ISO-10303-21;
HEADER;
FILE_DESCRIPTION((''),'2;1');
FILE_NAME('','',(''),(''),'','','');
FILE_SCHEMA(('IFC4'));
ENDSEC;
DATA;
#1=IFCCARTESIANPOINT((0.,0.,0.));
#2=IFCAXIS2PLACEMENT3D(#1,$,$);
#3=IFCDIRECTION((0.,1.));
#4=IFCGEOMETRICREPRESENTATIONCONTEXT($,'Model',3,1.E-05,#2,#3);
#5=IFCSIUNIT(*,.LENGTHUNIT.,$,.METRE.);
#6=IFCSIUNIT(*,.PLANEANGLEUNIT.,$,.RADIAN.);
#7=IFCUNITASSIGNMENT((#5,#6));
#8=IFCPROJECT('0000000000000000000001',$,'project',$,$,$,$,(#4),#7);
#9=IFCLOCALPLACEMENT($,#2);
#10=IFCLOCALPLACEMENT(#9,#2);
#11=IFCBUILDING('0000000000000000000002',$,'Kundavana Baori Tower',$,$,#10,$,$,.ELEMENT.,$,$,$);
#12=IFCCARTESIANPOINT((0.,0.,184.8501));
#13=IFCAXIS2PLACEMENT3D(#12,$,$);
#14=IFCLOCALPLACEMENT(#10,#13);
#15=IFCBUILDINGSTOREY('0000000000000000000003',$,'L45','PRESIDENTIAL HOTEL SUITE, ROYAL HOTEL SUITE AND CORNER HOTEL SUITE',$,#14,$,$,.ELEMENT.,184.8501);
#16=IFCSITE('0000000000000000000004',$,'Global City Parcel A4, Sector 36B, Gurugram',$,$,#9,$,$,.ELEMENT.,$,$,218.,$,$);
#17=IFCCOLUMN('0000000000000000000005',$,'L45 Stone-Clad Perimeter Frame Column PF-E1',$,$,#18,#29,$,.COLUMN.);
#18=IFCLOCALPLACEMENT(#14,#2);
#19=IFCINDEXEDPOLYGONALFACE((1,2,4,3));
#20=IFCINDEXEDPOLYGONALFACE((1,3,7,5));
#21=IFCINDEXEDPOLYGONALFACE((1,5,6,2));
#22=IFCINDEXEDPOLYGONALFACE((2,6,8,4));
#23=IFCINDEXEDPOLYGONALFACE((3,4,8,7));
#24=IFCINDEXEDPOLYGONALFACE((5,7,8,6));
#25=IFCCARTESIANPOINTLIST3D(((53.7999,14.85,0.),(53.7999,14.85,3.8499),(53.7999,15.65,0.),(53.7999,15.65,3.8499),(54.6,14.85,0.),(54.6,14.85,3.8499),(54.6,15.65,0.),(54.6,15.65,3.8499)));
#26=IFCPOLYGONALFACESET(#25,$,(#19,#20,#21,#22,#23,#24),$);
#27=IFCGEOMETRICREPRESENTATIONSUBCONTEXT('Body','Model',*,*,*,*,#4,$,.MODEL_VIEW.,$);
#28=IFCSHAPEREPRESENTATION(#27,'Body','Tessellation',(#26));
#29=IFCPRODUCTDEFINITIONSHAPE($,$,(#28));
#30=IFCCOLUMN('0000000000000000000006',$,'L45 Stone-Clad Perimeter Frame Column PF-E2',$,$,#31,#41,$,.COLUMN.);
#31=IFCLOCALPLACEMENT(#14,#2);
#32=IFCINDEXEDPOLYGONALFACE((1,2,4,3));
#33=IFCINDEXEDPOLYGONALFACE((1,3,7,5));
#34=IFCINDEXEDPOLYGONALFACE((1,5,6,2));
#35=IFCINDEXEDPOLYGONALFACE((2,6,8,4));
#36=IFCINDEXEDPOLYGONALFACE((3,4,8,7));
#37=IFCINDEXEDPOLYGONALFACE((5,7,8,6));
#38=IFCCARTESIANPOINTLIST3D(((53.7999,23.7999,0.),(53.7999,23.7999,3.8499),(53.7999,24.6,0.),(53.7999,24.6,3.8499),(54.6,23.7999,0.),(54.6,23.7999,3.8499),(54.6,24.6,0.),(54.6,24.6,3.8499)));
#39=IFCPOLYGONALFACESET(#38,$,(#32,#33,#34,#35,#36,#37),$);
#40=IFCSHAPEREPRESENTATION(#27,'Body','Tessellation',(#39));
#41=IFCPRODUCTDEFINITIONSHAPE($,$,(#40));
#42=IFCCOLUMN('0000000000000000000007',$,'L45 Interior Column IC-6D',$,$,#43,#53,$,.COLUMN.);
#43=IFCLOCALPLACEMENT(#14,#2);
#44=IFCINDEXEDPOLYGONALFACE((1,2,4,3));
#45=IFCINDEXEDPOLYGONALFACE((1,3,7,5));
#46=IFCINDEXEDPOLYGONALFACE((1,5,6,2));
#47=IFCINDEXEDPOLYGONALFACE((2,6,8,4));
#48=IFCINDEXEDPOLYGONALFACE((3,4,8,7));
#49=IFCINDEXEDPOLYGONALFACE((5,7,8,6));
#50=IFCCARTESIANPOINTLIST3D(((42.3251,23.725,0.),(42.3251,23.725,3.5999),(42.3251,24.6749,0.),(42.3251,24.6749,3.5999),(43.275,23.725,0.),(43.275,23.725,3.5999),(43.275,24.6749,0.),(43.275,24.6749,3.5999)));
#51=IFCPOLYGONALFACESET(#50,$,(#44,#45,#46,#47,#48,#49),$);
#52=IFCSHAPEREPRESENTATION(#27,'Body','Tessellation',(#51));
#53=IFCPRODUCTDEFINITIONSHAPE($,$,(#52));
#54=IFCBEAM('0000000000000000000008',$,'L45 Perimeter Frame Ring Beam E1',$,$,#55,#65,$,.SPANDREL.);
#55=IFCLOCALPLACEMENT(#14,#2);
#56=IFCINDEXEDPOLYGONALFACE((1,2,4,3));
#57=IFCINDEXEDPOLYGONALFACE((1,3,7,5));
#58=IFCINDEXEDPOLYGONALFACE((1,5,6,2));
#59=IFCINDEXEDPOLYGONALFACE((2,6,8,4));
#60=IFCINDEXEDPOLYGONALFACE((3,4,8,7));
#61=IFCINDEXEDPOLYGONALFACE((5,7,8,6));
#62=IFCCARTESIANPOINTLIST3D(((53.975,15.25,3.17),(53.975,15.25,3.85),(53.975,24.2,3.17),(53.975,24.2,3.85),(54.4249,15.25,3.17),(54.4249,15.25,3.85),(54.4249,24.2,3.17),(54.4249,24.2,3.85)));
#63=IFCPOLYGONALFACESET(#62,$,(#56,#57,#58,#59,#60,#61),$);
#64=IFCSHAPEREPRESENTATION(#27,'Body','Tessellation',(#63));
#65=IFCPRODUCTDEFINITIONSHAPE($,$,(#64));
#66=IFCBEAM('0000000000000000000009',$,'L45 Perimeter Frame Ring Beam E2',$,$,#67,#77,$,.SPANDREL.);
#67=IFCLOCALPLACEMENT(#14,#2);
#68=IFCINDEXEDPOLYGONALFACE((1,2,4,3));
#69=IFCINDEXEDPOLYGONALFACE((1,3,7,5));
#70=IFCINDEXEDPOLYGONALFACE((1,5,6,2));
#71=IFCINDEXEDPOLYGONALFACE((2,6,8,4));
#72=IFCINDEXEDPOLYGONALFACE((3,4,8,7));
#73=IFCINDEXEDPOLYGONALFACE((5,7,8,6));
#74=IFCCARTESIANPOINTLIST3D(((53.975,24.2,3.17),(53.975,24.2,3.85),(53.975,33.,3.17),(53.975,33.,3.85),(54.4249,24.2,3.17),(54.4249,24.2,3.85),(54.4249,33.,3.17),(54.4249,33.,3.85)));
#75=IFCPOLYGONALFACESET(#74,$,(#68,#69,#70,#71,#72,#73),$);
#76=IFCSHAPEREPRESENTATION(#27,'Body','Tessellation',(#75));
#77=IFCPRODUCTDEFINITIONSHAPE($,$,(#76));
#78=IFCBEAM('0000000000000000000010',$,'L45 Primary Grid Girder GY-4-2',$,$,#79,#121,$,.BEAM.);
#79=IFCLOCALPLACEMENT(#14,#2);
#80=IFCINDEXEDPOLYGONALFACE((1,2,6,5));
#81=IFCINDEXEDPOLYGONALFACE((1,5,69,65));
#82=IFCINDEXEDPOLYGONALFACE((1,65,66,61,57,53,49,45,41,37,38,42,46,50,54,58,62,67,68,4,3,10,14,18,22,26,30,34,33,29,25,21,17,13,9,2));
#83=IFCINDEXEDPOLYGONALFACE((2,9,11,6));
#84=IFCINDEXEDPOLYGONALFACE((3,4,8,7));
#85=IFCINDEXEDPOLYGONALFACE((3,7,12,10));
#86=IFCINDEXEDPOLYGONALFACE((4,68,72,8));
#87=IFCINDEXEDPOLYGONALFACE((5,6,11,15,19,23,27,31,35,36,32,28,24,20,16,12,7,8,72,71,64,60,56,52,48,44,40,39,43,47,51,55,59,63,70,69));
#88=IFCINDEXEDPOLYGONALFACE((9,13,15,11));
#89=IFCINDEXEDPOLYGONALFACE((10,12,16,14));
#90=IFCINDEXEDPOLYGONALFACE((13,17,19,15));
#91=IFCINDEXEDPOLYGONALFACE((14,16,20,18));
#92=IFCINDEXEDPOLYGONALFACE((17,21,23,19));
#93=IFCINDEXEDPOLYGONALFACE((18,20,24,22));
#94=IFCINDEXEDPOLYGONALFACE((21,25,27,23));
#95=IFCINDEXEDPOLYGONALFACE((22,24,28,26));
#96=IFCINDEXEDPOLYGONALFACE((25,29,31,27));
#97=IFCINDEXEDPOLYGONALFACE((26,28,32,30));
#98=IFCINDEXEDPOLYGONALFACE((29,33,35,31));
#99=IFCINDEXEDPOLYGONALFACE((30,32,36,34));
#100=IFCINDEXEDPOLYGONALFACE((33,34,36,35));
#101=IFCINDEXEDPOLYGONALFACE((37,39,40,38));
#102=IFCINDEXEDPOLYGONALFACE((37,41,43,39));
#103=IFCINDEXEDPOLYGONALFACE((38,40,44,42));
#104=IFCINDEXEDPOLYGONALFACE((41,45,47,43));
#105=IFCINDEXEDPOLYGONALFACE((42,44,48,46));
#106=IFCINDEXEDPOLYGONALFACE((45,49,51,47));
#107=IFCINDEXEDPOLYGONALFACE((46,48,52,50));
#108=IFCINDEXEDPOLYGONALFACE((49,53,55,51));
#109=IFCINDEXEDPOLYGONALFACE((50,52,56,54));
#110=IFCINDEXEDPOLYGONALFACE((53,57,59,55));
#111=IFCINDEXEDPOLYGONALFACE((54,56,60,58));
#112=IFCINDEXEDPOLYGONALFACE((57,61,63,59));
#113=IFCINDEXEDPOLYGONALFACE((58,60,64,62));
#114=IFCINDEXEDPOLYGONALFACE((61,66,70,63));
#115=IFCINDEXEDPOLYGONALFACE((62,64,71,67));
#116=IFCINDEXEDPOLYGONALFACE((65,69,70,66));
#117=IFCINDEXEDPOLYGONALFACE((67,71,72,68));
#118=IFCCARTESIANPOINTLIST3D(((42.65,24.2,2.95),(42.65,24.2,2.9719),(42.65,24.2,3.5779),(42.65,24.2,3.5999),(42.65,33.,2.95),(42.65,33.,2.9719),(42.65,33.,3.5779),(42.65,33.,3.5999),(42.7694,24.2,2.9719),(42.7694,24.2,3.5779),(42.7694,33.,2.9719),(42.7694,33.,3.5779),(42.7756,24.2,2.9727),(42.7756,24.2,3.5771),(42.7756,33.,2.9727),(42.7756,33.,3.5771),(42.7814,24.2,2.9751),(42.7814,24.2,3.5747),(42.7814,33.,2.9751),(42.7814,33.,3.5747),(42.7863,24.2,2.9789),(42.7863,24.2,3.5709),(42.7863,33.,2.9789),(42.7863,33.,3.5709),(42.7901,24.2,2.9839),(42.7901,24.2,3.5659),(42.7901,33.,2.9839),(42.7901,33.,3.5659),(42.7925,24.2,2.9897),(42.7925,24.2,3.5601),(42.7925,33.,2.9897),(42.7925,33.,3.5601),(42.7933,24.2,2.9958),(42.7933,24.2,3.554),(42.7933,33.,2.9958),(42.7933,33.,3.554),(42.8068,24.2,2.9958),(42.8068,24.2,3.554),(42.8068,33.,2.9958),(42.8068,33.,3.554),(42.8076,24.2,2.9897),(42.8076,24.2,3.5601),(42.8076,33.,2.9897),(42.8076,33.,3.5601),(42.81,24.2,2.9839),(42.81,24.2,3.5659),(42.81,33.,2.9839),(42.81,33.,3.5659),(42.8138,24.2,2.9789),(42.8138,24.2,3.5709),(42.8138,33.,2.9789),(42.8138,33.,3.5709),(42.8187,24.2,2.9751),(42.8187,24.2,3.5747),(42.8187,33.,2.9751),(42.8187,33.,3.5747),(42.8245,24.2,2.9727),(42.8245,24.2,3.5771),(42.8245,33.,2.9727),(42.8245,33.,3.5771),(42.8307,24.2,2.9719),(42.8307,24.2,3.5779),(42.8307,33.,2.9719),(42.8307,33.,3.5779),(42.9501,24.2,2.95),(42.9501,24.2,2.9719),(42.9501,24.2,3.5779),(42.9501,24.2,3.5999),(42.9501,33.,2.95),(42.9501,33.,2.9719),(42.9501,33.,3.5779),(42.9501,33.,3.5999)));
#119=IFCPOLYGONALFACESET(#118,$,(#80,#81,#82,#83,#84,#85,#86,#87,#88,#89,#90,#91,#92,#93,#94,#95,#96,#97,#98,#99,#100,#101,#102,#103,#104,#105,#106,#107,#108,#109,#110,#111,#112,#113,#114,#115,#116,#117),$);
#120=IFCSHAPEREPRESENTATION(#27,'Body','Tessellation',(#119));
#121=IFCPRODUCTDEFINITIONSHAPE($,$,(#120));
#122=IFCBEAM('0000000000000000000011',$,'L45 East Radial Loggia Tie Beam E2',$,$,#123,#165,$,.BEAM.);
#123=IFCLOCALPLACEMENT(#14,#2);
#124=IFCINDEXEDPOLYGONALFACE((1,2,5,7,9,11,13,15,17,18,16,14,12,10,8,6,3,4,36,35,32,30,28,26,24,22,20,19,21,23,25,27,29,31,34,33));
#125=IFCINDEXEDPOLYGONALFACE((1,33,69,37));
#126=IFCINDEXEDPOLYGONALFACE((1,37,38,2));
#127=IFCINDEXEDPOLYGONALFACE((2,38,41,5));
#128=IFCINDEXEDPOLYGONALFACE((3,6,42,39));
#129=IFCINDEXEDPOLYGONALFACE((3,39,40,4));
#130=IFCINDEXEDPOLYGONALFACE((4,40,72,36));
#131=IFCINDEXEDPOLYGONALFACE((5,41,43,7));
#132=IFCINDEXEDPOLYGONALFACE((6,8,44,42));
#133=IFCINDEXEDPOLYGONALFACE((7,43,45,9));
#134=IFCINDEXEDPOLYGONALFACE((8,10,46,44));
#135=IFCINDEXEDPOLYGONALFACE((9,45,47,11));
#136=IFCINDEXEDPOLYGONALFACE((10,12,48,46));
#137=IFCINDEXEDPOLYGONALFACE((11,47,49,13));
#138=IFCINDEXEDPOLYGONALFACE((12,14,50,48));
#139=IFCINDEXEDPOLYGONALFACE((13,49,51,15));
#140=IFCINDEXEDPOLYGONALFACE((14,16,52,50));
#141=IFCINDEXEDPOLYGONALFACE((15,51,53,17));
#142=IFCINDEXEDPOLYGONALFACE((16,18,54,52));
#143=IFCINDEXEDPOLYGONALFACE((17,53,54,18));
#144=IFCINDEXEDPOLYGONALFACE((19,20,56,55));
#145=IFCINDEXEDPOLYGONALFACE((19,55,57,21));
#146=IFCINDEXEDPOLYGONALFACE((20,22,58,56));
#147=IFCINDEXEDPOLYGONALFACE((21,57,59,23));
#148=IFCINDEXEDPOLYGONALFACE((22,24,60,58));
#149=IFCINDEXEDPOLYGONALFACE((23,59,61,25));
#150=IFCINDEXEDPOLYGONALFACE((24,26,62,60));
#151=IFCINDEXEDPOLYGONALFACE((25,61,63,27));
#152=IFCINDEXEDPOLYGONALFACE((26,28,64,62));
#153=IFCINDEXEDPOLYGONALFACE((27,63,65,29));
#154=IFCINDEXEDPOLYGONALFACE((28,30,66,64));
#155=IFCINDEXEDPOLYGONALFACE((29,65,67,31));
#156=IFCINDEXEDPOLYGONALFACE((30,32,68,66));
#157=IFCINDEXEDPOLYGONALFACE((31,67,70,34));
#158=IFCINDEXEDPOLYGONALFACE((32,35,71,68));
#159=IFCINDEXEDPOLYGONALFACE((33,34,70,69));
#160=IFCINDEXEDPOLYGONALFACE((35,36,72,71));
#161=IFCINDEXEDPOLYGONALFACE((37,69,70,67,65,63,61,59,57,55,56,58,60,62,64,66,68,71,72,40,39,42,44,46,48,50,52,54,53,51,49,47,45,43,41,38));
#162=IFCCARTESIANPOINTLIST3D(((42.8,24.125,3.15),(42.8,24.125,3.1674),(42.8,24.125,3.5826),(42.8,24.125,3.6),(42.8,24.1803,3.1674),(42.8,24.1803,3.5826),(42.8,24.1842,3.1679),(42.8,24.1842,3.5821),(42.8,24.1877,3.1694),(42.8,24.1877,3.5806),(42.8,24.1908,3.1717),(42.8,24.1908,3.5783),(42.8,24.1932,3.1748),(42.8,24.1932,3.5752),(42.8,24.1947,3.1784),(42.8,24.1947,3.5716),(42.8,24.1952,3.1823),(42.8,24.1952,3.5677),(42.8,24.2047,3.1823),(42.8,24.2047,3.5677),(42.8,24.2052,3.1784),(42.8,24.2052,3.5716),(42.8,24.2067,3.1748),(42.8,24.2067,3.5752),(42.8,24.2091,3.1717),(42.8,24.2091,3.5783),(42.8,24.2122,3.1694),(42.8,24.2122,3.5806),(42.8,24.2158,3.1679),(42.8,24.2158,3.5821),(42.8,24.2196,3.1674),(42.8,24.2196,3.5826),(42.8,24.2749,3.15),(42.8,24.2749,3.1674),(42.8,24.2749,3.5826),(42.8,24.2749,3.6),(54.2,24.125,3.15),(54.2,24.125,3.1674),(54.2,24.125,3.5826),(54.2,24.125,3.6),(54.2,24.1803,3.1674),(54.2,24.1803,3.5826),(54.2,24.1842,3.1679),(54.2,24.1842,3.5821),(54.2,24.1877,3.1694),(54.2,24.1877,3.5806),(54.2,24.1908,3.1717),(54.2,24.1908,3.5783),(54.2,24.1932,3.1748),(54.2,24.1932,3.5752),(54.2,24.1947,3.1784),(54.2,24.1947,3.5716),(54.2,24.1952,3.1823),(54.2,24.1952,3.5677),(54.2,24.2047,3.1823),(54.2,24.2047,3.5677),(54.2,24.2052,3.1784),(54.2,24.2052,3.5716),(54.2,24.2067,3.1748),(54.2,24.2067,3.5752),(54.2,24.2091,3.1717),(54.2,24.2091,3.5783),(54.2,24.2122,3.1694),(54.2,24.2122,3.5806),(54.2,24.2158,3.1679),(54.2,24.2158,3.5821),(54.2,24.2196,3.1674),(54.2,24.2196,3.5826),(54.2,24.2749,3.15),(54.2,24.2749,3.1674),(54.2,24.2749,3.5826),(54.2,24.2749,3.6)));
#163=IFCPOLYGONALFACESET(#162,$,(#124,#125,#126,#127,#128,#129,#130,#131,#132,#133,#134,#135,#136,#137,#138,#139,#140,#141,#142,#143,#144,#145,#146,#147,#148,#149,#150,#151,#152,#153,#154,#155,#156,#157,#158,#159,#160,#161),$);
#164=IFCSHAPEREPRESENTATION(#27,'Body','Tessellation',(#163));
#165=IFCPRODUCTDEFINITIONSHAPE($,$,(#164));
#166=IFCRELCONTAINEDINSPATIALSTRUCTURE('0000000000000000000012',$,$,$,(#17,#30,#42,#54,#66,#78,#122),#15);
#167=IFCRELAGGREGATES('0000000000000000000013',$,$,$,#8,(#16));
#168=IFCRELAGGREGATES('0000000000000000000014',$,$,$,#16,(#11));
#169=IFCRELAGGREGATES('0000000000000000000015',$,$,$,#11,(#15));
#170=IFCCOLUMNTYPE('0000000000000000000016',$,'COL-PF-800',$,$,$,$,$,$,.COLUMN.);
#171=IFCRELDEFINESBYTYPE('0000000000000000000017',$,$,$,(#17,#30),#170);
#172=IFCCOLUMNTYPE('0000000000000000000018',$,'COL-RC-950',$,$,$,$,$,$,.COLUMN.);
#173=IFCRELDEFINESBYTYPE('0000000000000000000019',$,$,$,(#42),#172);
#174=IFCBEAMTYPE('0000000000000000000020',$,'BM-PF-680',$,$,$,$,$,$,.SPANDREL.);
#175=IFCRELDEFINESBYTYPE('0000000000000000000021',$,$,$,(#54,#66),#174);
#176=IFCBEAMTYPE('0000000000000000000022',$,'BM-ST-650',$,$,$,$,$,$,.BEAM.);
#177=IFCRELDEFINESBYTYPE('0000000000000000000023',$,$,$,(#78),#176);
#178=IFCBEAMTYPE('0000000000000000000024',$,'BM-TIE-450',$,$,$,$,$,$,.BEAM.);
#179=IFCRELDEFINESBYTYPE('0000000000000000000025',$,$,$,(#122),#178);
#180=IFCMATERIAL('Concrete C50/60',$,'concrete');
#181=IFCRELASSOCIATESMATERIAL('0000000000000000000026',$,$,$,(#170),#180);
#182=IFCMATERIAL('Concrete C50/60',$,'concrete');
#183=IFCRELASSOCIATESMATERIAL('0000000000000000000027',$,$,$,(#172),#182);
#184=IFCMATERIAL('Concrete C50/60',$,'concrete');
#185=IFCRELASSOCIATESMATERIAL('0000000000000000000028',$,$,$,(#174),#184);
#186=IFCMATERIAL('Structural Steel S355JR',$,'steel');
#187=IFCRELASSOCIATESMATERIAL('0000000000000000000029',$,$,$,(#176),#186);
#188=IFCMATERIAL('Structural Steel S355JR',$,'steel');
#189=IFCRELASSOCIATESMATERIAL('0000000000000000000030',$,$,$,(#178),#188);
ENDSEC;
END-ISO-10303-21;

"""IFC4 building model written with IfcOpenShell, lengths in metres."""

from ifc_helpers import new_model, si_unit, direction, frame, origin, origin_2d, place, context, subcontext, project, spatial, rectangle, i_section, extrude, material, material_profile, profile_set, type_object, element, save


model = new_model("IFC4")

# Units and contexts
model_context = context("Model", 3, precision=1e-05, world=origin(), true_north=direction((0.0, 1.0)))
body_context = subcontext(model_context, "Body", "Model", "MODEL_VIEW")
ifc_project = project(units=[si_unit("LENGTHUNIT", "METRE"), si_unit("PLANEANGLEUNIT", "RADIAN")], contexts=[model_context])

# Site, building, storey
site_placement = place(None, origin())
site = spatial("IfcSite", under=ifc_project, at=site_placement, Name="Global City Parcel A4, Sector 36B, Gurugram", CompositionType="ELEMENT", RefElevation=218.0)
building_placement = place(site_placement, origin())
building = spatial("IfcBuilding", under=site, at=building_placement, Name="Kundavana Baori Tower", CompositionType="ELEMENT")
storey_placement = place(building_placement, frame((0.0, 0.0, 184.8501)))
storey = spatial("IfcBuildingStorey", under=building, at=storey_placement, Name="L45", Description="PRESIDENTIAL HOTEL SUITE, ROYAL HOTEL SUITE AND CORNER HOTEL SUITE", CompositionType="ELEMENT", Elevation=184.8501)

# Columns
ifc_material_1 = material(Name="Concrete C50/60", Category="concrete")
ifc_material_profile_1 = material_profile(ifc_material_1, rectangle(XDim=0.8, YDim=0.8, at=origin_2d()), Name="RC PF 800x800")
ifc_profile_set_1 = profile_set([ifc_material_profile_1], Name="Concrete C50/60")
column_type_1 = type_object("IfcColumnType", Name="COL-PF-800", PredefinedType="COLUMN", material=ifc_profile_set_1)
for number, where, z_axis, x_axis, name in (
    (1, (54.2, 15.25, 0.0), (0.0, 0.0, 1.0), (1.0, 0.0, 0.0), "L45 Stone-Clad Perimeter Frame Column PF-E1"),
    (2, (54.2, 24.2, 0.0), (0.0, 0.0, 1.0), (1.0, 0.0, 0.0), "L45 Stone-Clad Perimeter Frame Column PF-E2"),
):
    element("IfcColumn", number, at=place(storey_placement, frame(where, z_axis=z_axis, x_axis=x_axis)), inside=storey, type_object=column_type_1, Name=name, PredefinedType="COLUMN", context=body_context, shape_type="SweptSolid", body=[
        extrude(rectangle(XDim=0.8, YDim=0.8, at=origin_2d()), origin(), (0.0, 0.0, 1.0), 3.8499),
    ])
ifc_material_2 = material(Name="Concrete C50/60", Category="concrete")
ifc_material_profile_2 = material_profile(ifc_material_2, rectangle(XDim=0.95, YDim=0.95, at=origin_2d()), Name="RC 950x950")
ifc_profile_set_2 = profile_set([ifc_material_profile_2], Name="Concrete C50/60")
column_type_2 = type_object("IfcColumnType", Name="COL-RC-950", PredefinedType="COLUMN", material=ifc_profile_set_2)
column_placement = place(storey_placement, frame((42.8, 24.2, 0.0), z_axis=(0.0, 0.0, 1.0), x_axis=(1.0, 0.0, 0.0)))
element("IfcColumn", 3, at=column_placement, inside=storey, type_object=column_type_2, Name="L45 Interior Column IC-6D", PredefinedType="COLUMN", context=body_context, shape_type="SweptSolid", body=[
    extrude(rectangle(XDim=0.95, YDim=0.95, at=origin_2d()), origin(), (0.0, 0.0, 1.0), 3.5999),
])

# Beams
ifc_material_3 = material(Name="Concrete C50/60", Category="concrete")
ifc_material_profile_3 = material_profile(ifc_material_3, rectangle(XDim=0.45, YDim=0.6799, at=origin_2d()), Name="RC BM 450x680")
ifc_profile_set_3 = profile_set([ifc_material_profile_3], Name="Concrete C50/60")
beam_type_1 = type_object("IfcBeamType", Name="BM-PF-680", PredefinedType="SPANDREL", material=ifc_profile_set_3)
beam_1_placement = place(storey_placement, frame((54.2, 15.25, 3.51), z_axis=(0.0, 1.0, 0.0), x_axis=(-1.0, 0.0, 0.0)))
element("IfcBeam", 4, at=beam_1_placement, inside=storey, type_object=beam_type_1, Name="L45 Perimeter Frame Ring Beam E1", PredefinedType="SPANDREL", context=body_context, shape_type="SweptSolid", body=[
    extrude(rectangle(XDim=0.45, YDim=0.6799, at=origin_2d()), origin(), (0.0, 0.0, 1.0), 8.95),
])
beam_2_placement = place(storey_placement, frame((54.2, 24.2, 3.51), z_axis=(0.0, 1.0, 0.0), x_axis=(-1.0, 0.0, 0.0)))
element("IfcBeam", 5, at=beam_2_placement, inside=storey, type_object=beam_type_1, Name="L45 Perimeter Frame Ring Beam E2", PredefinedType="SPANDREL", context=body_context, shape_type="SweptSolid", body=[
    extrude(rectangle(XDim=0.45, YDim=0.6799, at=origin_2d()), origin(), (0.0, 0.0, 1.0), 8.8),
])
ifc_material_4 = material(Name="Structural Steel S355JR", Category="steel")
ifc_material_profile_4 = material_profile(ifc_material_4, i_section(OverallWidth=0.3, OverallDepth=0.6499, WebThickness=0.0134, FlangeThickness=0.022, FilletRadius=0.0239, at=origin_2d()), Name="NPB 650x300x155")
ifc_profile_set_4 = profile_set([ifc_material_profile_4], Name="Structural Steel S355JR")
beam_type_2 = type_object("IfcBeamType", Name="BM-ST-650", PredefinedType="BEAM", material=ifc_profile_set_4)
beam_3_placement = place(storey_placement, frame((42.8, 24.2, 3.2749), z_axis=(0.0, 1.0, 0.0), x_axis=(-1.0, 0.0, 0.0)))
element("IfcBeam", 6, at=beam_3_placement, inside=storey, type_object=beam_type_2, Name="L45 Primary Grid Girder GY-4-2", PredefinedType="BEAM", context=body_context, shape_type="SweptSolid", body=[
    extrude(i_section(OverallWidth=0.3, OverallDepth=0.6499, WebThickness=0.0134, FlangeThickness=0.022, FilletRadius=0.0239, at=origin_2d()), origin(), (0.0, 0.0, 1.0), 8.8),
])
ifc_material_5 = material(Name="Structural Steel S355JR", Category="steel")
ifc_material_profile_5 = material_profile(ifc_material_5, i_section(OverallWidth=0.1499, OverallDepth=0.45, WebThickness=0.0095, FlangeThickness=0.0173, FilletRadius=0.0149, at=origin_2d()), Name="ISMB 450")
ifc_profile_set_5 = profile_set([ifc_material_profile_5], Name="Structural Steel S355JR")
beam_type_3 = type_object("IfcBeamType", Name="BM-TIE-450", PredefinedType="BEAM", material=ifc_profile_set_5)
beam_4_placement = place(storey_placement, frame((42.8, 24.2, 3.375), z_axis=(1.0, 0.0, 0.0), x_axis=(0.0, 1.0, 0.0)))
element("IfcBeam", 7, at=beam_4_placement, inside=storey, type_object=beam_type_3, Name="L45 East Radial Loggia Tie Beam E2", PredefinedType="BEAM", context=body_context, shape_type="SweptSolid", body=[
    extrude(i_section(OverallWidth=0.1499, OverallDepth=0.45, WebThickness=0.0095, FlangeThickness=0.0173, FilletRadius=0.0149, at=origin_2d()), origin(), (0.0, 0.0, 1.0), 11.3999),
])

save(model, "model.ifc")
